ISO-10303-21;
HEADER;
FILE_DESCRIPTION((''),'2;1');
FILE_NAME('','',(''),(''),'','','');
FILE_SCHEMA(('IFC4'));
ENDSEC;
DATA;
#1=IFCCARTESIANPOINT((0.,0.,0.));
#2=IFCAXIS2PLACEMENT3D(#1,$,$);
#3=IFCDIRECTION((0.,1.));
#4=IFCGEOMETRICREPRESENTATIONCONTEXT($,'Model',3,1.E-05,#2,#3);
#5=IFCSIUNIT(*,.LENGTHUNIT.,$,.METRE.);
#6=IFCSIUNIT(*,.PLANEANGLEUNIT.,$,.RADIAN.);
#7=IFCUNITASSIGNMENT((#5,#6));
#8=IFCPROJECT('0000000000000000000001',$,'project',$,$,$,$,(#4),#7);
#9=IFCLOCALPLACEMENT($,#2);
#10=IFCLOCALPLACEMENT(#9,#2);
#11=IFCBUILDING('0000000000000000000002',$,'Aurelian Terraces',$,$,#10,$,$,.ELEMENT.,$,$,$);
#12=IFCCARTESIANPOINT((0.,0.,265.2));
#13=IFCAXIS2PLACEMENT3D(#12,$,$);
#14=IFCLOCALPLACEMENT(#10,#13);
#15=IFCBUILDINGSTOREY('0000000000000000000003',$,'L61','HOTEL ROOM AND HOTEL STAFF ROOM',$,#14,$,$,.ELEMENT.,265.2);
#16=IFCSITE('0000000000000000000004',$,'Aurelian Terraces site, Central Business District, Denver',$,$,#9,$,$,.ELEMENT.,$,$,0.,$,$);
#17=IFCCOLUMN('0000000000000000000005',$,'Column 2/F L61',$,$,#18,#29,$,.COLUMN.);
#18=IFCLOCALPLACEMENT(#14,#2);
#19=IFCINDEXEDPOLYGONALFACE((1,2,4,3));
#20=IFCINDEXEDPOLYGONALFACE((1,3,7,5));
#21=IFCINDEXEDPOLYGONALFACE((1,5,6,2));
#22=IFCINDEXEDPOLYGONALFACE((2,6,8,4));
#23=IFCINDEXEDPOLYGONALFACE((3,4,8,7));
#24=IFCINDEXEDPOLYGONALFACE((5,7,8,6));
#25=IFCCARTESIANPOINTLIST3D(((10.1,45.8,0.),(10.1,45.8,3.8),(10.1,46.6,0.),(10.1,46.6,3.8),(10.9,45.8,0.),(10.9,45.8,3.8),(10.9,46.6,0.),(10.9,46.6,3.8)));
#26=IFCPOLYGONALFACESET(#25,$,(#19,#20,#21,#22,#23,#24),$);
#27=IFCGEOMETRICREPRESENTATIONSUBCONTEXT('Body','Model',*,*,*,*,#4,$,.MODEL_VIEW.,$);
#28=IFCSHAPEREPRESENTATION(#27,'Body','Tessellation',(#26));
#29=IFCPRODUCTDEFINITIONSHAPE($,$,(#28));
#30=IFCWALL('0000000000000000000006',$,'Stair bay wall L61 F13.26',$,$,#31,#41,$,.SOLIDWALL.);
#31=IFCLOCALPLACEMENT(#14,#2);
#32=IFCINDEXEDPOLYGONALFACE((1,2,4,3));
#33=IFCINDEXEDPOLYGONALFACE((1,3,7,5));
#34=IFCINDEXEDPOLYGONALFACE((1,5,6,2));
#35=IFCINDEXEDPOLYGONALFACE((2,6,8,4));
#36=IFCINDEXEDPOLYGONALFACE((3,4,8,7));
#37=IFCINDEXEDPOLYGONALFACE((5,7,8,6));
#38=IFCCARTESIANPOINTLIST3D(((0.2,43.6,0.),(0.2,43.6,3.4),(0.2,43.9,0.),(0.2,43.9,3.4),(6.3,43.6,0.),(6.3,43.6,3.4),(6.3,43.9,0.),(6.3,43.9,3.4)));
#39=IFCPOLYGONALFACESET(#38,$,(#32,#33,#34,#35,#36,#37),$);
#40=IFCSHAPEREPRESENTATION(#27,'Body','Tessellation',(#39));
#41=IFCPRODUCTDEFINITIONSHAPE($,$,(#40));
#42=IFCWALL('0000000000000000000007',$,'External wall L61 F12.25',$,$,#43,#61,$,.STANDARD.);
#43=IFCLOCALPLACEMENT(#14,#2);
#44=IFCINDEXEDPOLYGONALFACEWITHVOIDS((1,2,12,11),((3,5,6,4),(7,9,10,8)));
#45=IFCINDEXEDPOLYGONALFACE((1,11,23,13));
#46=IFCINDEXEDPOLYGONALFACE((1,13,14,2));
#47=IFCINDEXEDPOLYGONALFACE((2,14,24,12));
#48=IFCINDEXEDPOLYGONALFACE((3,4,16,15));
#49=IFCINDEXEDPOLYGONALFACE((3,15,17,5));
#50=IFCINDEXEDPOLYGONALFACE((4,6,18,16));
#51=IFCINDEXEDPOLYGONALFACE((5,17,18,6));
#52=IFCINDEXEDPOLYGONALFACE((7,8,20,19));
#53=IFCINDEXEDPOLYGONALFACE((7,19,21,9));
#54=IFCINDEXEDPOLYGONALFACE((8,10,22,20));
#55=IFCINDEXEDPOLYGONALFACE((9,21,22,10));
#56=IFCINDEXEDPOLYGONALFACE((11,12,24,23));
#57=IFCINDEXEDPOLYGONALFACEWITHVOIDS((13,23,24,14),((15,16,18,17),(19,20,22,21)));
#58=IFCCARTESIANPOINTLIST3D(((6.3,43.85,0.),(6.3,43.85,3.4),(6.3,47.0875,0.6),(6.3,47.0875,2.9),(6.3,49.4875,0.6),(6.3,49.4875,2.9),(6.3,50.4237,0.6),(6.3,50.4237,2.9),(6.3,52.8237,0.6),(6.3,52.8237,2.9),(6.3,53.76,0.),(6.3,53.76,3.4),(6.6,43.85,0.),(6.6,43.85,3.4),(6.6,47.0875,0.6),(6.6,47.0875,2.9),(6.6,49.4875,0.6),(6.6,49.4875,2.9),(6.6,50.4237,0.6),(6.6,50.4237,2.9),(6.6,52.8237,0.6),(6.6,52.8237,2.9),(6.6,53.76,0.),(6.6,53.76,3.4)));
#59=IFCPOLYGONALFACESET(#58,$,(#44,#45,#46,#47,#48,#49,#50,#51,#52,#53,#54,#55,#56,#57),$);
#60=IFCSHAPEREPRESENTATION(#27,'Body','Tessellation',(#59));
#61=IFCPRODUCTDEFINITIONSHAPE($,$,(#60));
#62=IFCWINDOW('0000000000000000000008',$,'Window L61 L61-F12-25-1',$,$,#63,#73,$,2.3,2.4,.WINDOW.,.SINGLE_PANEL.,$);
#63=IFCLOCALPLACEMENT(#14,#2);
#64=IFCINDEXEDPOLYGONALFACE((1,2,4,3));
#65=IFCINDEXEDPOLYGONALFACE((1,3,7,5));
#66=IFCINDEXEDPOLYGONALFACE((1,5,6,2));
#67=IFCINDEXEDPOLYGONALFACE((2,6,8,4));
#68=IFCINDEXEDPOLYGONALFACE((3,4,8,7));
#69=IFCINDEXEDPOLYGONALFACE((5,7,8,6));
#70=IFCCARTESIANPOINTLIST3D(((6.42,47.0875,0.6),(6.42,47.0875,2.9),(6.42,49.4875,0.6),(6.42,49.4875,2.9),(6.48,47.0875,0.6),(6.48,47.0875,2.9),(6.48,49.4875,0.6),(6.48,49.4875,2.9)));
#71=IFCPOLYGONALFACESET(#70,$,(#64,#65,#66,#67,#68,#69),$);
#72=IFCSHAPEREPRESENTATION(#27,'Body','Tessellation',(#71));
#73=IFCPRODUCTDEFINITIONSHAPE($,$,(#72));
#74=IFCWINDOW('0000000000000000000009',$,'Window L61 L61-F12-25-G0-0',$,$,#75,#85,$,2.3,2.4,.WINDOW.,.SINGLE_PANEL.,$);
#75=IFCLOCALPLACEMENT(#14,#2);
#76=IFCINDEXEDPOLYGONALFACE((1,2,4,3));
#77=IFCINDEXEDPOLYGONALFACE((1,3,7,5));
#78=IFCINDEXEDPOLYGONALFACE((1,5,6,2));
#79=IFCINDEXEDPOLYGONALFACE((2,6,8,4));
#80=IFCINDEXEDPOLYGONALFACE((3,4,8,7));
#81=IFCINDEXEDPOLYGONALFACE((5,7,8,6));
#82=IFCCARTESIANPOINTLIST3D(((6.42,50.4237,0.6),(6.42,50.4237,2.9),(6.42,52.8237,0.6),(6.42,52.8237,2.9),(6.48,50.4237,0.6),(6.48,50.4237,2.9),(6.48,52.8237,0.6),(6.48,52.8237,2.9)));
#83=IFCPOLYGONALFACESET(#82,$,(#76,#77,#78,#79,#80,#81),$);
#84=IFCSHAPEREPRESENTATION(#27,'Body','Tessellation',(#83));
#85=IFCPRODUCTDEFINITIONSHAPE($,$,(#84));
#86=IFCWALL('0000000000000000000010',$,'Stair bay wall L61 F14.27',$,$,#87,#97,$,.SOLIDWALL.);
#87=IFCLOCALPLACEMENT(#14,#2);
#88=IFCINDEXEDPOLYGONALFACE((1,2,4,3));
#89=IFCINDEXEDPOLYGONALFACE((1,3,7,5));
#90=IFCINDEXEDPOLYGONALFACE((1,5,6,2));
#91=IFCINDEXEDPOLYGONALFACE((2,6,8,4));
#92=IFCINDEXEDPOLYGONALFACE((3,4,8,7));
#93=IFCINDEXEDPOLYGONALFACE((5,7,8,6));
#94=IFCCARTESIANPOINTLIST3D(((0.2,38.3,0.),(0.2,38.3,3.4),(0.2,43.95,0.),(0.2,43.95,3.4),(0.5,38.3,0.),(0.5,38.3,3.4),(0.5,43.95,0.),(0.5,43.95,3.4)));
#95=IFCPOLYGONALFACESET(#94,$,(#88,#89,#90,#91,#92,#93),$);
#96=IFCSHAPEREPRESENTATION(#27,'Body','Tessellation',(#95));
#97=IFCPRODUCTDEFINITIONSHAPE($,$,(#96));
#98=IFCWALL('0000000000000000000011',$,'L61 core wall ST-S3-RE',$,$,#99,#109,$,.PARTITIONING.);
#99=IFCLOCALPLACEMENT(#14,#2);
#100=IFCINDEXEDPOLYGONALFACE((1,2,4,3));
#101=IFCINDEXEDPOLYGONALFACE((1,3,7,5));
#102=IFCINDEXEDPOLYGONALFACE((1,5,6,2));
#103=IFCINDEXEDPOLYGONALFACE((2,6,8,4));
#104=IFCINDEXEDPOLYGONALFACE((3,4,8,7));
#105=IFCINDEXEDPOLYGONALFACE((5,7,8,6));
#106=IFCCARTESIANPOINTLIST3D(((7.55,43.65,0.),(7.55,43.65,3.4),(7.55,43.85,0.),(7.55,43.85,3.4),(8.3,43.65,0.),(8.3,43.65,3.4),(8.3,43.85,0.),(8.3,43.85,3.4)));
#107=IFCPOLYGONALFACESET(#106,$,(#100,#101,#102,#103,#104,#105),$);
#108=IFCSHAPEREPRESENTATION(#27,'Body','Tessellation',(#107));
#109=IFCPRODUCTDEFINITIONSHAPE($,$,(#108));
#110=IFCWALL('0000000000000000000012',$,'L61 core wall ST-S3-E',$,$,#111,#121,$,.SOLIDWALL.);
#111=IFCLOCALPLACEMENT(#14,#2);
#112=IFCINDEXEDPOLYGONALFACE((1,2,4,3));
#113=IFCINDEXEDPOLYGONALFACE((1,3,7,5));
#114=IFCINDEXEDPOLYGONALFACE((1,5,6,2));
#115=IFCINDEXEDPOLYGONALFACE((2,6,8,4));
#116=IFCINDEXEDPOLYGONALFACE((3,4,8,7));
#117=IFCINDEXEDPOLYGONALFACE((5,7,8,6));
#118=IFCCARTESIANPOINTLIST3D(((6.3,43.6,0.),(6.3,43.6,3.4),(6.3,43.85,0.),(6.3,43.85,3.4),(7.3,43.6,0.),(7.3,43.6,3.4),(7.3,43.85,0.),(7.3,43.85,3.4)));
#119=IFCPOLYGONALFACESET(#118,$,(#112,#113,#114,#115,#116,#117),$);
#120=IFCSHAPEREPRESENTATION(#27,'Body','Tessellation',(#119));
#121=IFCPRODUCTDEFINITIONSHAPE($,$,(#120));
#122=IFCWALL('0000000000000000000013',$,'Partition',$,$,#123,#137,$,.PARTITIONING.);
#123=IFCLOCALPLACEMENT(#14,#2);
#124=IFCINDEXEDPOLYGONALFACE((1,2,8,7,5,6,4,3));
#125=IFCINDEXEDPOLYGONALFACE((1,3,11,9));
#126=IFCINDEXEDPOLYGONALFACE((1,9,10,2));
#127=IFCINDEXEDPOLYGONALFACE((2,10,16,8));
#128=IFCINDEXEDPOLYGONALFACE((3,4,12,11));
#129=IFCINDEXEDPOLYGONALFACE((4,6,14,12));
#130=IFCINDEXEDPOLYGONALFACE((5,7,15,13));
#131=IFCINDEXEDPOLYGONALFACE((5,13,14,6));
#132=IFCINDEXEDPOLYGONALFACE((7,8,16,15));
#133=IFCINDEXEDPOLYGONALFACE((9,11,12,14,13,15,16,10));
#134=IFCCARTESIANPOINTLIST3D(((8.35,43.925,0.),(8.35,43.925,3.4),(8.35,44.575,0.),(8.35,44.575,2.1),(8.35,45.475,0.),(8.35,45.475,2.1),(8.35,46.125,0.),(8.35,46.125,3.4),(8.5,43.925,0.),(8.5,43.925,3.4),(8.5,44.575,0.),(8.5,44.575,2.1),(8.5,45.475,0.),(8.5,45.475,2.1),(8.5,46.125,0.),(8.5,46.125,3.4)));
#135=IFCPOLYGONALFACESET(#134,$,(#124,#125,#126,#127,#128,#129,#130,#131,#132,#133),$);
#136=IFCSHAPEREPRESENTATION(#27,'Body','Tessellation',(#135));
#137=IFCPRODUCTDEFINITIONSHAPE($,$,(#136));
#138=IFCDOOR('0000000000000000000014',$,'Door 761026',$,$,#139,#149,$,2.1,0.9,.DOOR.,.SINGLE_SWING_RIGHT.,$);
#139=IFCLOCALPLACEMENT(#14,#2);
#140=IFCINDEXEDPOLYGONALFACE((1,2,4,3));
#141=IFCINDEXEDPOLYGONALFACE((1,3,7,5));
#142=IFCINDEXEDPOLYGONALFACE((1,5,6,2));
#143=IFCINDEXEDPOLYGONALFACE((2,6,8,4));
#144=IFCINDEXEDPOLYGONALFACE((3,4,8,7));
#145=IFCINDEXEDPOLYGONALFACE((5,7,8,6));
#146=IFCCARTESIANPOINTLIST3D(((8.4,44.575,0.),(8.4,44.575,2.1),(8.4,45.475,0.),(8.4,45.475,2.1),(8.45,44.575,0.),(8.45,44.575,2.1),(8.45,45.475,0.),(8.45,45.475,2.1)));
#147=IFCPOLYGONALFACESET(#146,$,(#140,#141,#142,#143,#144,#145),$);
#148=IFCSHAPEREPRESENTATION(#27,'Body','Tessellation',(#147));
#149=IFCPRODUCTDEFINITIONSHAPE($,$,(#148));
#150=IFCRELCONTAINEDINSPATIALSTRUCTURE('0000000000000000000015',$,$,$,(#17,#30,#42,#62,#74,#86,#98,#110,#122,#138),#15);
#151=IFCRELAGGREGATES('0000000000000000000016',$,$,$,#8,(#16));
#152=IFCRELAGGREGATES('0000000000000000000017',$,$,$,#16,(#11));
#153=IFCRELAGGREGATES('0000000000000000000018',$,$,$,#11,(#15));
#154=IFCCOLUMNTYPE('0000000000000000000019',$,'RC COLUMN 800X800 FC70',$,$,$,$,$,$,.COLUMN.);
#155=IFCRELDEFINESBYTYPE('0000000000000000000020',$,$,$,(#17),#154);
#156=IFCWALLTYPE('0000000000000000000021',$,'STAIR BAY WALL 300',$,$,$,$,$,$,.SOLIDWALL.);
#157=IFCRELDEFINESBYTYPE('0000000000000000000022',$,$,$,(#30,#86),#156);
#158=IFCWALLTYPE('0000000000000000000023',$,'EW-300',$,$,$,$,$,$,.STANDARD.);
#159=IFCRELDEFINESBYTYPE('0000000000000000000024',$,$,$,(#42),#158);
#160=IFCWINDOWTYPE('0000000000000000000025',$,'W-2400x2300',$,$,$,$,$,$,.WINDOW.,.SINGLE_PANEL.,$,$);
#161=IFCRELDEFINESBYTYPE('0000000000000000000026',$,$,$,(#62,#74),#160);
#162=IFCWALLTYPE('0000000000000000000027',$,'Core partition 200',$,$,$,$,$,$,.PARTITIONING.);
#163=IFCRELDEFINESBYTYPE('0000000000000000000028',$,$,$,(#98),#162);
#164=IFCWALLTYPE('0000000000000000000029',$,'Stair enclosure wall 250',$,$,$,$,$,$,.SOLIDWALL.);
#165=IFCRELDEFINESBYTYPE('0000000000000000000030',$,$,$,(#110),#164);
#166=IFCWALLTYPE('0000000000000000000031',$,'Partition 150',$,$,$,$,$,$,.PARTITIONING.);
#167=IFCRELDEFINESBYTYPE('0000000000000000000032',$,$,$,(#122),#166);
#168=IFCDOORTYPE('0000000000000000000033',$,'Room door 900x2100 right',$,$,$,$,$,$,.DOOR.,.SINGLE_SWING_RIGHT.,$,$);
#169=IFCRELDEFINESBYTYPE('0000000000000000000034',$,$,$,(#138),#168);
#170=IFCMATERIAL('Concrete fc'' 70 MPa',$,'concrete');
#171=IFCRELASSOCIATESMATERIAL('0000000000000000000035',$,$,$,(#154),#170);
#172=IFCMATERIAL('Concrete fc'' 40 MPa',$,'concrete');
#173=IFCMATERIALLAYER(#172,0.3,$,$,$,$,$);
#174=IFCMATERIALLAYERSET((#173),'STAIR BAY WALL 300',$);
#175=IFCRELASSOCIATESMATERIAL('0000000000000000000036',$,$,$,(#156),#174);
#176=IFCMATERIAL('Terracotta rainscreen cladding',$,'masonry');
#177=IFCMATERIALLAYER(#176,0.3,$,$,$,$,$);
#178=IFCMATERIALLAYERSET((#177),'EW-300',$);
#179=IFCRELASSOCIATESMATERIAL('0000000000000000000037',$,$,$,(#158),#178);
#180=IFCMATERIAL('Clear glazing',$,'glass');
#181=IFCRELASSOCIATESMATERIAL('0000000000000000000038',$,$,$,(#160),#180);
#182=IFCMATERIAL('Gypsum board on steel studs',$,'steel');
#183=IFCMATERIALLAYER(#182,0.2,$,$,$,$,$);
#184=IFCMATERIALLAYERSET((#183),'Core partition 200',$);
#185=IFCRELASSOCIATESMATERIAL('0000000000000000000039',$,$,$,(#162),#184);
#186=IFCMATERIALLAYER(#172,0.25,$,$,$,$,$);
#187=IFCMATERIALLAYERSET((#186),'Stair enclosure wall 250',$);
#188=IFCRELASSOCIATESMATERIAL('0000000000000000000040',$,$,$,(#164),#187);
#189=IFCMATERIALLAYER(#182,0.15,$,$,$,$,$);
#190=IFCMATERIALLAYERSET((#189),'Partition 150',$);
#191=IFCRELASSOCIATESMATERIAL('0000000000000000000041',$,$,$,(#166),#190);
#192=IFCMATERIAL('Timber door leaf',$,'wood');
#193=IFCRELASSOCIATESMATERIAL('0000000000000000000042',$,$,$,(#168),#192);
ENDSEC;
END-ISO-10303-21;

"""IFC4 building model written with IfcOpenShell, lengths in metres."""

from ifc_helpers import new_model, si_unit, direction, frame, frame_2d, origin, origin_2d, place, context, subcontext, project, spatial, rectangle, extrude, source, transform, mapped, material, layer, layer_set, material_profile, profile_set, type_object, element, fill, save


model = new_model("IFC4")

# Units and contexts
model_context = context("Model", 3, precision=1e-05, world=origin(), true_north=direction((0.0, 1.0)))
body_context = subcontext(model_context, "Body", "Model", "MODEL_VIEW")
ifc_project = project(units=[si_unit("LENGTHUNIT", "METRE"), si_unit("PLANEANGLEUNIT", "RADIAN")], contexts=[model_context])

# Site, building, storey
site_placement = place(None, origin())
site = spatial("IfcSite", under=ifc_project, at=site_placement, Name="Aurelian Terraces site, Central Business District, Denver", CompositionType="ELEMENT", RefElevation=0.0)
building_placement = place(site_placement, origin())
building = spatial("IfcBuilding", under=site, at=building_placement, Name="Aurelian Terraces", CompositionType="ELEMENT")
storey_placement = place(building_placement, frame((0.0, 0.0, 265.2)))
storey = spatial("IfcBuildingStorey", under=building, at=storey_placement, Name="L61", Description="HOTEL ROOM AND HOTEL STAFF ROOM", CompositionType="ELEMENT", Elevation=265.2)

# Column
ifc_material_1 = material(Name="Concrete fc' 70 MPa", Category="concrete")
ifc_material_profile = material_profile(ifc_material_1, rectangle(XDim=0.8, YDim=0.8, at=origin_2d()))
ifc_profile_set = profile_set([ifc_material_profile], Name="Concrete fc' 70 MPa")
column_type = type_object("IfcColumnType", Name="RC COLUMN 800X800 FC70", PredefinedType="COLUMN", material=ifc_profile_set)
shared_shape_1 = source(origin(), body_context, "Body", "SweptSolid", [
    extrude(rectangle(XDim=0.8, YDim=0.8, at=origin_2d()), origin(), (0.0, 0.0, 1.0), 3.8),
])
column_placement = place(storey_placement, frame((10.5, 46.2, 0.0), z_axis=(0.0, 0.0, 1.0), x_axis=(1.0, 0.0, 0.0)))
element("IfcColumn", 1, at=column_placement, inside=storey, type_object=column_type, Name="Column 2/F L61", PredefinedType="COLUMN", context=body_context, shape_type="MappedRepresentation", body=[
    mapped(shared_shape_1, transform((0.0, 0.0, 0.0), scale=1.0)),
])

# Wall
ifc_material_2 = material(Name="Concrete fc' 40 MPa", Category="concrete")
ifc_layer_1 = layer(ifc_material_2, 0.3)
ifc_layer_set_1 = layer_set([ifc_layer_1], Name="STAIR BAY WALL 300")
wall_type_1 = type_object("IfcWallType", Name="STAIR BAY WALL 300", PredefinedType="SOLIDWALL", material=ifc_layer_set_1)
shared_shape_2 = source(origin(), body_context, "Body", "SweptSolid", [
    extrude(rectangle(XDim=6.1, YDim=0.3, at=frame_2d((3.05, 0.0))), origin(), (0.0, 0.0, 1.0), 3.4),
])
wall_1_placement = place(storey_placement, frame((6.3, 43.75, 0.0), z_axis=(0.0, 0.0, 1.0), x_axis=(-1.0, 0.0, 0.0)))
element("IfcWall", 2, at=wall_1_placement, inside=storey, type_object=wall_type_1, Name="Stair bay wall L61 F13.26", PredefinedType="SOLIDWALL", context=body_context, shape_type="MappedRepresentation", body=[
    mapped(shared_shape_2, transform((0.0, 0.0, 0.0), scale=1.0)),
])

# Wall, openings, windows
ifc_material_3 = material(Name="Terracotta rainscreen cladding", Category="masonry")
ifc_layer_2 = layer(ifc_material_3, 0.3)
ifc_layer_set_2 = layer_set([ifc_layer_2], Name="EW-300")
wall_type_2 = type_object("IfcWallType", Name="EW-300", PredefinedType="STANDARD", material=ifc_layer_set_2)
shared_shape_3 = source(origin(), body_context, "Body", "SweptSolid", [
    extrude(rectangle(XDim=9.91, YDim=0.3, at=frame_2d((4.955, 0.0))), origin(), (0.0, 0.0, 1.0), 3.4),
])
wall_2_placement = place(storey_placement, frame((6.45, 53.76, 0.0), z_axis=(0.0, 0.0, 1.0), x_axis=(0.0, -1.0, 0.0)))
wall_2 = element("IfcWall", 3, at=wall_2_placement, inside=storey, type_object=wall_type_2, Name="External wall L61 F12.25", PredefinedType="STANDARD", context=body_context, shape_type="MappedRepresentation", body=[
    mapped(shared_shape_3, transform((0.0, 0.0, 0.0), scale=1.0)),
])
shared_shape_4 = source(origin(), body_context, "Body", "SweptSolid", [
    extrude(rectangle(XDim=2.4, YDim=2.3, at=frame_2d((1.2, 1.15))), frame((0.0, 0.16, 0.0), z_axis=(0.0, -1.0, 0.0), x_axis=(1.0, 0.0, 0.0)), (0.0, 0.0, 1.0), 0.32),
])
opening_1_placement = place(wall_2_placement, frame((4.2725, 0.0, 0.6)))
opening_1 = element("IfcOpeningElement", 4, at=opening_1_placement, cuts=wall_2, PredefinedType="OPENING", context=body_context, shape_type="MappedRepresentation", body=[
    mapped(shared_shape_4, transform((0.0, 0.0, 0.0), scale=1.0)),
])
opening_2_placement = place(wall_2_placement, frame((0.9363, 0.0, 0.6)))
opening_2 = element("IfcOpeningElement", 5, at=opening_2_placement, cuts=wall_2, PredefinedType="OPENING", context=body_context, shape_type="MappedRepresentation", body=[
    mapped(shared_shape_4, transform((0.0, 0.0, 0.0), scale=1.0)),
])
ifc_material_4 = material(Name="Clear glazing", Category="glass")
window_type = type_object("IfcWindowType", Name="W-2400x2300", PartitioningType="SINGLE_PANEL", PredefinedType="WINDOW", material=ifc_material_4)
shared_shape_5 = source(origin(), body_context, "Body", "SweptSolid", [
    extrude(rectangle(XDim=2.4, YDim=2.3, at=frame_2d((1.2, 1.15))), frame((0.0, 0.03, 0.0), z_axis=(0.0, -1.0, 0.0), x_axis=(1.0, 0.0, 0.0)), (0.0, 0.0, 1.0), 0.06),
])
window_1_placement = place(opening_1_placement, origin())
window_1 = element("IfcWindow", 6, at=window_1_placement, inside=storey, type_object=window_type, Name="Window L61 L61-F12-25-1", OverallHeight=2.3, OverallWidth=2.4, PartitioningType="SINGLE_PANEL", PredefinedType="WINDOW", context=body_context, shape_type="MappedRepresentation", body=[
    mapped(shared_shape_5, transform((0.0, 0.0, 0.0), scale=1.0)),
])
fill(opening_1, window_1)
window_2_placement = place(opening_2_placement, origin())
window_2 = element("IfcWindow", 7, at=window_2_placement, inside=storey, type_object=window_type, Name="Window L61 L61-F12-25-G0-0", OverallHeight=2.3, OverallWidth=2.4, PartitioningType="SINGLE_PANEL", PredefinedType="WINDOW", context=body_context, shape_type="MappedRepresentation", body=[
    mapped(shared_shape_5, transform((0.0, 0.0, 0.0), scale=1.0)),
])
fill(opening_2, window_2)

# Walls
shared_shape_6 = source(origin(), body_context, "Body", "SweptSolid", [
    extrude(rectangle(XDim=5.65, YDim=0.3, at=frame_2d((2.825, 0.0))), origin(), (0.0, 0.0, 1.0), 3.4),
])
wall_3_placement = place(storey_placement, frame((0.35, 43.95, 0.0), z_axis=(0.0, 0.0, 1.0), x_axis=(0.0, -1.0, 0.0)))
element("IfcWall", 8, at=wall_3_placement, inside=storey, type_object=wall_type_1, Name="Stair bay wall L61 F14.27", PredefinedType="SOLIDWALL", context=body_context, shape_type="MappedRepresentation", body=[
    mapped(shared_shape_6, transform((0.0, 0.0, 0.0), scale=1.0)),
])
ifc_material_5 = material(Name="Gypsum board on steel studs", Category="steel")
ifc_layer_3 = layer(ifc_material_5, 0.2)
ifc_layer_set_3 = layer_set([ifc_layer_3], Name="Core partition 200")
wall_type_3 = type_object("IfcWallType", Name="Core partition 200", PredefinedType="PARTITIONING", material=ifc_layer_set_3)
shared_shape_7 = source(origin(), body_context, "Body", "SweptSolid", [
    extrude(rectangle(XDim=0.75, YDim=0.2, at=frame_2d((0.375, 0.0))), origin(), (0.0, 0.0, 1.0), 3.4),
])
wall_4_placement = place(storey_placement, frame((7.55, 43.75, 0.0), z_axis=(0.0, 0.0, 1.0), x_axis=(1.0, 0.0, 0.0)))
element("IfcWall", 9, at=wall_4_placement, inside=storey, type_object=wall_type_3, Name="L61 core wall ST-S3-RE", PredefinedType="PARTITIONING", context=body_context, shape_type="MappedRepresentation", body=[
    mapped(shared_shape_7, transform((0.0, 0.0, 0.0), scale=1.0)),
])
ifc_layer_4 = layer(ifc_material_2, 0.25)
ifc_layer_set_4 = layer_set([ifc_layer_4], Name="Stair enclosure wall 250")
wall_type_4 = type_object("IfcWallType", Name="Stair enclosure wall 250", PredefinedType="SOLIDWALL", material=ifc_layer_set_4)
shared_shape_8 = source(origin(), body_context, "Body", "SweptSolid", [
    extrude(rectangle(XDim=1.0, YDim=0.25, at=frame_2d((0.5, 0.0))), origin(), (0.0, 0.0, 1.0), 3.4),
])
wall_5_placement = place(storey_placement, frame((6.3, 43.725, 0.0), z_axis=(0.0, 0.0, 1.0), x_axis=(1.0, 0.0, 0.0)))
element("IfcWall", 10, at=wall_5_placement, inside=storey, type_object=wall_type_4, Name="L61 core wall ST-S3-E", PredefinedType="SOLIDWALL", context=body_context, shape_type="MappedRepresentation", body=[
    mapped(shared_shape_8, transform((0.0, 0.0, 0.0), scale=1.0)),
])

# Wall, opening, door
ifc_layer_5 = layer(ifc_material_5, 0.15)
ifc_layer_set_5 = layer_set([ifc_layer_5], Name="Partition 150")
wall_type_5 = type_object("IfcWallType", Name="Partition 150", PredefinedType="PARTITIONING", material=ifc_layer_set_5)
shared_shape_9 = source(origin(), body_context, "Body", "SweptSolid", [
    extrude(rectangle(XDim=2.2, YDim=0.15, at=frame_2d((1.1, 0.0))), origin(), (0.0, 0.0, 1.0), 3.4),
])
wall_6_placement = place(storey_placement, frame((8.425, 43.925, 0.0), z_axis=(0.0, 0.0, 1.0), x_axis=(0.0, 1.0, 0.0)))
wall_6 = element("IfcWall", 11, at=wall_6_placement, inside=storey, type_object=wall_type_5, Name="Partition", PredefinedType="PARTITIONING", context=body_context, shape_type="MappedRepresentation", body=[
    mapped(shared_shape_9, transform((0.0, 0.0, 0.0), scale=1.0)),
])
shared_shape_10 = source(origin(), body_context, "Body", "SweptSolid", [
    extrude(rectangle(XDim=0.9, YDim=2.1, at=frame_2d((0.45, 1.05))), frame((0.0, 0.085, 0.0), z_axis=(0.0, -1.0, 0.0), x_axis=(1.0, 0.0, 0.0)), (0.0, 0.0, 1.0), 0.17),
])
opening_3_placement = place(wall_6_placement, frame((0.65, 0.0, 0.0)))
opening_3 = element("IfcOpeningElement", 12, at=opening_3_placement, cuts=wall_6, PredefinedType="OPENING", context=body_context, shape_type="MappedRepresentation", body=[
    mapped(shared_shape_10, transform((0.0, 0.0, 0.0), scale=1.0)),
])
ifc_material_6 = material(Name="Timber door leaf", Category="wood")
door_type = type_object("IfcDoorType", Name="Room door 900x2100 right", OperationType="SINGLE_SWING_RIGHT", PredefinedType="DOOR", material=ifc_material_6)
shared_shape_11 = source(origin(), body_context, "Body", "SweptSolid", [
    extrude(rectangle(XDim=0.9, YDim=2.1, at=frame_2d((0.45, 1.05))), frame((0.0, 0.025, 0.0), z_axis=(0.0, -1.0, 0.0), x_axis=(1.0, 0.0, 0.0)), (0.0, 0.0, 1.0), 0.05),
])
door_placement = place(opening_3_placement, origin())
door = element("IfcDoor", 13, at=door_placement, inside=storey, type_object=door_type, Name="Door 761026", OperationType="SINGLE_SWING_RIGHT", OverallHeight=2.1, OverallWidth=0.9, PredefinedType="DOOR", context=body_context, shape_type="MappedRepresentation", body=[
    mapped(shared_shape_11, transform((0.0, 0.0, 0.0), scale=1.0)),
])
fill(opening_3, door)

save(model, "model.ifc")
